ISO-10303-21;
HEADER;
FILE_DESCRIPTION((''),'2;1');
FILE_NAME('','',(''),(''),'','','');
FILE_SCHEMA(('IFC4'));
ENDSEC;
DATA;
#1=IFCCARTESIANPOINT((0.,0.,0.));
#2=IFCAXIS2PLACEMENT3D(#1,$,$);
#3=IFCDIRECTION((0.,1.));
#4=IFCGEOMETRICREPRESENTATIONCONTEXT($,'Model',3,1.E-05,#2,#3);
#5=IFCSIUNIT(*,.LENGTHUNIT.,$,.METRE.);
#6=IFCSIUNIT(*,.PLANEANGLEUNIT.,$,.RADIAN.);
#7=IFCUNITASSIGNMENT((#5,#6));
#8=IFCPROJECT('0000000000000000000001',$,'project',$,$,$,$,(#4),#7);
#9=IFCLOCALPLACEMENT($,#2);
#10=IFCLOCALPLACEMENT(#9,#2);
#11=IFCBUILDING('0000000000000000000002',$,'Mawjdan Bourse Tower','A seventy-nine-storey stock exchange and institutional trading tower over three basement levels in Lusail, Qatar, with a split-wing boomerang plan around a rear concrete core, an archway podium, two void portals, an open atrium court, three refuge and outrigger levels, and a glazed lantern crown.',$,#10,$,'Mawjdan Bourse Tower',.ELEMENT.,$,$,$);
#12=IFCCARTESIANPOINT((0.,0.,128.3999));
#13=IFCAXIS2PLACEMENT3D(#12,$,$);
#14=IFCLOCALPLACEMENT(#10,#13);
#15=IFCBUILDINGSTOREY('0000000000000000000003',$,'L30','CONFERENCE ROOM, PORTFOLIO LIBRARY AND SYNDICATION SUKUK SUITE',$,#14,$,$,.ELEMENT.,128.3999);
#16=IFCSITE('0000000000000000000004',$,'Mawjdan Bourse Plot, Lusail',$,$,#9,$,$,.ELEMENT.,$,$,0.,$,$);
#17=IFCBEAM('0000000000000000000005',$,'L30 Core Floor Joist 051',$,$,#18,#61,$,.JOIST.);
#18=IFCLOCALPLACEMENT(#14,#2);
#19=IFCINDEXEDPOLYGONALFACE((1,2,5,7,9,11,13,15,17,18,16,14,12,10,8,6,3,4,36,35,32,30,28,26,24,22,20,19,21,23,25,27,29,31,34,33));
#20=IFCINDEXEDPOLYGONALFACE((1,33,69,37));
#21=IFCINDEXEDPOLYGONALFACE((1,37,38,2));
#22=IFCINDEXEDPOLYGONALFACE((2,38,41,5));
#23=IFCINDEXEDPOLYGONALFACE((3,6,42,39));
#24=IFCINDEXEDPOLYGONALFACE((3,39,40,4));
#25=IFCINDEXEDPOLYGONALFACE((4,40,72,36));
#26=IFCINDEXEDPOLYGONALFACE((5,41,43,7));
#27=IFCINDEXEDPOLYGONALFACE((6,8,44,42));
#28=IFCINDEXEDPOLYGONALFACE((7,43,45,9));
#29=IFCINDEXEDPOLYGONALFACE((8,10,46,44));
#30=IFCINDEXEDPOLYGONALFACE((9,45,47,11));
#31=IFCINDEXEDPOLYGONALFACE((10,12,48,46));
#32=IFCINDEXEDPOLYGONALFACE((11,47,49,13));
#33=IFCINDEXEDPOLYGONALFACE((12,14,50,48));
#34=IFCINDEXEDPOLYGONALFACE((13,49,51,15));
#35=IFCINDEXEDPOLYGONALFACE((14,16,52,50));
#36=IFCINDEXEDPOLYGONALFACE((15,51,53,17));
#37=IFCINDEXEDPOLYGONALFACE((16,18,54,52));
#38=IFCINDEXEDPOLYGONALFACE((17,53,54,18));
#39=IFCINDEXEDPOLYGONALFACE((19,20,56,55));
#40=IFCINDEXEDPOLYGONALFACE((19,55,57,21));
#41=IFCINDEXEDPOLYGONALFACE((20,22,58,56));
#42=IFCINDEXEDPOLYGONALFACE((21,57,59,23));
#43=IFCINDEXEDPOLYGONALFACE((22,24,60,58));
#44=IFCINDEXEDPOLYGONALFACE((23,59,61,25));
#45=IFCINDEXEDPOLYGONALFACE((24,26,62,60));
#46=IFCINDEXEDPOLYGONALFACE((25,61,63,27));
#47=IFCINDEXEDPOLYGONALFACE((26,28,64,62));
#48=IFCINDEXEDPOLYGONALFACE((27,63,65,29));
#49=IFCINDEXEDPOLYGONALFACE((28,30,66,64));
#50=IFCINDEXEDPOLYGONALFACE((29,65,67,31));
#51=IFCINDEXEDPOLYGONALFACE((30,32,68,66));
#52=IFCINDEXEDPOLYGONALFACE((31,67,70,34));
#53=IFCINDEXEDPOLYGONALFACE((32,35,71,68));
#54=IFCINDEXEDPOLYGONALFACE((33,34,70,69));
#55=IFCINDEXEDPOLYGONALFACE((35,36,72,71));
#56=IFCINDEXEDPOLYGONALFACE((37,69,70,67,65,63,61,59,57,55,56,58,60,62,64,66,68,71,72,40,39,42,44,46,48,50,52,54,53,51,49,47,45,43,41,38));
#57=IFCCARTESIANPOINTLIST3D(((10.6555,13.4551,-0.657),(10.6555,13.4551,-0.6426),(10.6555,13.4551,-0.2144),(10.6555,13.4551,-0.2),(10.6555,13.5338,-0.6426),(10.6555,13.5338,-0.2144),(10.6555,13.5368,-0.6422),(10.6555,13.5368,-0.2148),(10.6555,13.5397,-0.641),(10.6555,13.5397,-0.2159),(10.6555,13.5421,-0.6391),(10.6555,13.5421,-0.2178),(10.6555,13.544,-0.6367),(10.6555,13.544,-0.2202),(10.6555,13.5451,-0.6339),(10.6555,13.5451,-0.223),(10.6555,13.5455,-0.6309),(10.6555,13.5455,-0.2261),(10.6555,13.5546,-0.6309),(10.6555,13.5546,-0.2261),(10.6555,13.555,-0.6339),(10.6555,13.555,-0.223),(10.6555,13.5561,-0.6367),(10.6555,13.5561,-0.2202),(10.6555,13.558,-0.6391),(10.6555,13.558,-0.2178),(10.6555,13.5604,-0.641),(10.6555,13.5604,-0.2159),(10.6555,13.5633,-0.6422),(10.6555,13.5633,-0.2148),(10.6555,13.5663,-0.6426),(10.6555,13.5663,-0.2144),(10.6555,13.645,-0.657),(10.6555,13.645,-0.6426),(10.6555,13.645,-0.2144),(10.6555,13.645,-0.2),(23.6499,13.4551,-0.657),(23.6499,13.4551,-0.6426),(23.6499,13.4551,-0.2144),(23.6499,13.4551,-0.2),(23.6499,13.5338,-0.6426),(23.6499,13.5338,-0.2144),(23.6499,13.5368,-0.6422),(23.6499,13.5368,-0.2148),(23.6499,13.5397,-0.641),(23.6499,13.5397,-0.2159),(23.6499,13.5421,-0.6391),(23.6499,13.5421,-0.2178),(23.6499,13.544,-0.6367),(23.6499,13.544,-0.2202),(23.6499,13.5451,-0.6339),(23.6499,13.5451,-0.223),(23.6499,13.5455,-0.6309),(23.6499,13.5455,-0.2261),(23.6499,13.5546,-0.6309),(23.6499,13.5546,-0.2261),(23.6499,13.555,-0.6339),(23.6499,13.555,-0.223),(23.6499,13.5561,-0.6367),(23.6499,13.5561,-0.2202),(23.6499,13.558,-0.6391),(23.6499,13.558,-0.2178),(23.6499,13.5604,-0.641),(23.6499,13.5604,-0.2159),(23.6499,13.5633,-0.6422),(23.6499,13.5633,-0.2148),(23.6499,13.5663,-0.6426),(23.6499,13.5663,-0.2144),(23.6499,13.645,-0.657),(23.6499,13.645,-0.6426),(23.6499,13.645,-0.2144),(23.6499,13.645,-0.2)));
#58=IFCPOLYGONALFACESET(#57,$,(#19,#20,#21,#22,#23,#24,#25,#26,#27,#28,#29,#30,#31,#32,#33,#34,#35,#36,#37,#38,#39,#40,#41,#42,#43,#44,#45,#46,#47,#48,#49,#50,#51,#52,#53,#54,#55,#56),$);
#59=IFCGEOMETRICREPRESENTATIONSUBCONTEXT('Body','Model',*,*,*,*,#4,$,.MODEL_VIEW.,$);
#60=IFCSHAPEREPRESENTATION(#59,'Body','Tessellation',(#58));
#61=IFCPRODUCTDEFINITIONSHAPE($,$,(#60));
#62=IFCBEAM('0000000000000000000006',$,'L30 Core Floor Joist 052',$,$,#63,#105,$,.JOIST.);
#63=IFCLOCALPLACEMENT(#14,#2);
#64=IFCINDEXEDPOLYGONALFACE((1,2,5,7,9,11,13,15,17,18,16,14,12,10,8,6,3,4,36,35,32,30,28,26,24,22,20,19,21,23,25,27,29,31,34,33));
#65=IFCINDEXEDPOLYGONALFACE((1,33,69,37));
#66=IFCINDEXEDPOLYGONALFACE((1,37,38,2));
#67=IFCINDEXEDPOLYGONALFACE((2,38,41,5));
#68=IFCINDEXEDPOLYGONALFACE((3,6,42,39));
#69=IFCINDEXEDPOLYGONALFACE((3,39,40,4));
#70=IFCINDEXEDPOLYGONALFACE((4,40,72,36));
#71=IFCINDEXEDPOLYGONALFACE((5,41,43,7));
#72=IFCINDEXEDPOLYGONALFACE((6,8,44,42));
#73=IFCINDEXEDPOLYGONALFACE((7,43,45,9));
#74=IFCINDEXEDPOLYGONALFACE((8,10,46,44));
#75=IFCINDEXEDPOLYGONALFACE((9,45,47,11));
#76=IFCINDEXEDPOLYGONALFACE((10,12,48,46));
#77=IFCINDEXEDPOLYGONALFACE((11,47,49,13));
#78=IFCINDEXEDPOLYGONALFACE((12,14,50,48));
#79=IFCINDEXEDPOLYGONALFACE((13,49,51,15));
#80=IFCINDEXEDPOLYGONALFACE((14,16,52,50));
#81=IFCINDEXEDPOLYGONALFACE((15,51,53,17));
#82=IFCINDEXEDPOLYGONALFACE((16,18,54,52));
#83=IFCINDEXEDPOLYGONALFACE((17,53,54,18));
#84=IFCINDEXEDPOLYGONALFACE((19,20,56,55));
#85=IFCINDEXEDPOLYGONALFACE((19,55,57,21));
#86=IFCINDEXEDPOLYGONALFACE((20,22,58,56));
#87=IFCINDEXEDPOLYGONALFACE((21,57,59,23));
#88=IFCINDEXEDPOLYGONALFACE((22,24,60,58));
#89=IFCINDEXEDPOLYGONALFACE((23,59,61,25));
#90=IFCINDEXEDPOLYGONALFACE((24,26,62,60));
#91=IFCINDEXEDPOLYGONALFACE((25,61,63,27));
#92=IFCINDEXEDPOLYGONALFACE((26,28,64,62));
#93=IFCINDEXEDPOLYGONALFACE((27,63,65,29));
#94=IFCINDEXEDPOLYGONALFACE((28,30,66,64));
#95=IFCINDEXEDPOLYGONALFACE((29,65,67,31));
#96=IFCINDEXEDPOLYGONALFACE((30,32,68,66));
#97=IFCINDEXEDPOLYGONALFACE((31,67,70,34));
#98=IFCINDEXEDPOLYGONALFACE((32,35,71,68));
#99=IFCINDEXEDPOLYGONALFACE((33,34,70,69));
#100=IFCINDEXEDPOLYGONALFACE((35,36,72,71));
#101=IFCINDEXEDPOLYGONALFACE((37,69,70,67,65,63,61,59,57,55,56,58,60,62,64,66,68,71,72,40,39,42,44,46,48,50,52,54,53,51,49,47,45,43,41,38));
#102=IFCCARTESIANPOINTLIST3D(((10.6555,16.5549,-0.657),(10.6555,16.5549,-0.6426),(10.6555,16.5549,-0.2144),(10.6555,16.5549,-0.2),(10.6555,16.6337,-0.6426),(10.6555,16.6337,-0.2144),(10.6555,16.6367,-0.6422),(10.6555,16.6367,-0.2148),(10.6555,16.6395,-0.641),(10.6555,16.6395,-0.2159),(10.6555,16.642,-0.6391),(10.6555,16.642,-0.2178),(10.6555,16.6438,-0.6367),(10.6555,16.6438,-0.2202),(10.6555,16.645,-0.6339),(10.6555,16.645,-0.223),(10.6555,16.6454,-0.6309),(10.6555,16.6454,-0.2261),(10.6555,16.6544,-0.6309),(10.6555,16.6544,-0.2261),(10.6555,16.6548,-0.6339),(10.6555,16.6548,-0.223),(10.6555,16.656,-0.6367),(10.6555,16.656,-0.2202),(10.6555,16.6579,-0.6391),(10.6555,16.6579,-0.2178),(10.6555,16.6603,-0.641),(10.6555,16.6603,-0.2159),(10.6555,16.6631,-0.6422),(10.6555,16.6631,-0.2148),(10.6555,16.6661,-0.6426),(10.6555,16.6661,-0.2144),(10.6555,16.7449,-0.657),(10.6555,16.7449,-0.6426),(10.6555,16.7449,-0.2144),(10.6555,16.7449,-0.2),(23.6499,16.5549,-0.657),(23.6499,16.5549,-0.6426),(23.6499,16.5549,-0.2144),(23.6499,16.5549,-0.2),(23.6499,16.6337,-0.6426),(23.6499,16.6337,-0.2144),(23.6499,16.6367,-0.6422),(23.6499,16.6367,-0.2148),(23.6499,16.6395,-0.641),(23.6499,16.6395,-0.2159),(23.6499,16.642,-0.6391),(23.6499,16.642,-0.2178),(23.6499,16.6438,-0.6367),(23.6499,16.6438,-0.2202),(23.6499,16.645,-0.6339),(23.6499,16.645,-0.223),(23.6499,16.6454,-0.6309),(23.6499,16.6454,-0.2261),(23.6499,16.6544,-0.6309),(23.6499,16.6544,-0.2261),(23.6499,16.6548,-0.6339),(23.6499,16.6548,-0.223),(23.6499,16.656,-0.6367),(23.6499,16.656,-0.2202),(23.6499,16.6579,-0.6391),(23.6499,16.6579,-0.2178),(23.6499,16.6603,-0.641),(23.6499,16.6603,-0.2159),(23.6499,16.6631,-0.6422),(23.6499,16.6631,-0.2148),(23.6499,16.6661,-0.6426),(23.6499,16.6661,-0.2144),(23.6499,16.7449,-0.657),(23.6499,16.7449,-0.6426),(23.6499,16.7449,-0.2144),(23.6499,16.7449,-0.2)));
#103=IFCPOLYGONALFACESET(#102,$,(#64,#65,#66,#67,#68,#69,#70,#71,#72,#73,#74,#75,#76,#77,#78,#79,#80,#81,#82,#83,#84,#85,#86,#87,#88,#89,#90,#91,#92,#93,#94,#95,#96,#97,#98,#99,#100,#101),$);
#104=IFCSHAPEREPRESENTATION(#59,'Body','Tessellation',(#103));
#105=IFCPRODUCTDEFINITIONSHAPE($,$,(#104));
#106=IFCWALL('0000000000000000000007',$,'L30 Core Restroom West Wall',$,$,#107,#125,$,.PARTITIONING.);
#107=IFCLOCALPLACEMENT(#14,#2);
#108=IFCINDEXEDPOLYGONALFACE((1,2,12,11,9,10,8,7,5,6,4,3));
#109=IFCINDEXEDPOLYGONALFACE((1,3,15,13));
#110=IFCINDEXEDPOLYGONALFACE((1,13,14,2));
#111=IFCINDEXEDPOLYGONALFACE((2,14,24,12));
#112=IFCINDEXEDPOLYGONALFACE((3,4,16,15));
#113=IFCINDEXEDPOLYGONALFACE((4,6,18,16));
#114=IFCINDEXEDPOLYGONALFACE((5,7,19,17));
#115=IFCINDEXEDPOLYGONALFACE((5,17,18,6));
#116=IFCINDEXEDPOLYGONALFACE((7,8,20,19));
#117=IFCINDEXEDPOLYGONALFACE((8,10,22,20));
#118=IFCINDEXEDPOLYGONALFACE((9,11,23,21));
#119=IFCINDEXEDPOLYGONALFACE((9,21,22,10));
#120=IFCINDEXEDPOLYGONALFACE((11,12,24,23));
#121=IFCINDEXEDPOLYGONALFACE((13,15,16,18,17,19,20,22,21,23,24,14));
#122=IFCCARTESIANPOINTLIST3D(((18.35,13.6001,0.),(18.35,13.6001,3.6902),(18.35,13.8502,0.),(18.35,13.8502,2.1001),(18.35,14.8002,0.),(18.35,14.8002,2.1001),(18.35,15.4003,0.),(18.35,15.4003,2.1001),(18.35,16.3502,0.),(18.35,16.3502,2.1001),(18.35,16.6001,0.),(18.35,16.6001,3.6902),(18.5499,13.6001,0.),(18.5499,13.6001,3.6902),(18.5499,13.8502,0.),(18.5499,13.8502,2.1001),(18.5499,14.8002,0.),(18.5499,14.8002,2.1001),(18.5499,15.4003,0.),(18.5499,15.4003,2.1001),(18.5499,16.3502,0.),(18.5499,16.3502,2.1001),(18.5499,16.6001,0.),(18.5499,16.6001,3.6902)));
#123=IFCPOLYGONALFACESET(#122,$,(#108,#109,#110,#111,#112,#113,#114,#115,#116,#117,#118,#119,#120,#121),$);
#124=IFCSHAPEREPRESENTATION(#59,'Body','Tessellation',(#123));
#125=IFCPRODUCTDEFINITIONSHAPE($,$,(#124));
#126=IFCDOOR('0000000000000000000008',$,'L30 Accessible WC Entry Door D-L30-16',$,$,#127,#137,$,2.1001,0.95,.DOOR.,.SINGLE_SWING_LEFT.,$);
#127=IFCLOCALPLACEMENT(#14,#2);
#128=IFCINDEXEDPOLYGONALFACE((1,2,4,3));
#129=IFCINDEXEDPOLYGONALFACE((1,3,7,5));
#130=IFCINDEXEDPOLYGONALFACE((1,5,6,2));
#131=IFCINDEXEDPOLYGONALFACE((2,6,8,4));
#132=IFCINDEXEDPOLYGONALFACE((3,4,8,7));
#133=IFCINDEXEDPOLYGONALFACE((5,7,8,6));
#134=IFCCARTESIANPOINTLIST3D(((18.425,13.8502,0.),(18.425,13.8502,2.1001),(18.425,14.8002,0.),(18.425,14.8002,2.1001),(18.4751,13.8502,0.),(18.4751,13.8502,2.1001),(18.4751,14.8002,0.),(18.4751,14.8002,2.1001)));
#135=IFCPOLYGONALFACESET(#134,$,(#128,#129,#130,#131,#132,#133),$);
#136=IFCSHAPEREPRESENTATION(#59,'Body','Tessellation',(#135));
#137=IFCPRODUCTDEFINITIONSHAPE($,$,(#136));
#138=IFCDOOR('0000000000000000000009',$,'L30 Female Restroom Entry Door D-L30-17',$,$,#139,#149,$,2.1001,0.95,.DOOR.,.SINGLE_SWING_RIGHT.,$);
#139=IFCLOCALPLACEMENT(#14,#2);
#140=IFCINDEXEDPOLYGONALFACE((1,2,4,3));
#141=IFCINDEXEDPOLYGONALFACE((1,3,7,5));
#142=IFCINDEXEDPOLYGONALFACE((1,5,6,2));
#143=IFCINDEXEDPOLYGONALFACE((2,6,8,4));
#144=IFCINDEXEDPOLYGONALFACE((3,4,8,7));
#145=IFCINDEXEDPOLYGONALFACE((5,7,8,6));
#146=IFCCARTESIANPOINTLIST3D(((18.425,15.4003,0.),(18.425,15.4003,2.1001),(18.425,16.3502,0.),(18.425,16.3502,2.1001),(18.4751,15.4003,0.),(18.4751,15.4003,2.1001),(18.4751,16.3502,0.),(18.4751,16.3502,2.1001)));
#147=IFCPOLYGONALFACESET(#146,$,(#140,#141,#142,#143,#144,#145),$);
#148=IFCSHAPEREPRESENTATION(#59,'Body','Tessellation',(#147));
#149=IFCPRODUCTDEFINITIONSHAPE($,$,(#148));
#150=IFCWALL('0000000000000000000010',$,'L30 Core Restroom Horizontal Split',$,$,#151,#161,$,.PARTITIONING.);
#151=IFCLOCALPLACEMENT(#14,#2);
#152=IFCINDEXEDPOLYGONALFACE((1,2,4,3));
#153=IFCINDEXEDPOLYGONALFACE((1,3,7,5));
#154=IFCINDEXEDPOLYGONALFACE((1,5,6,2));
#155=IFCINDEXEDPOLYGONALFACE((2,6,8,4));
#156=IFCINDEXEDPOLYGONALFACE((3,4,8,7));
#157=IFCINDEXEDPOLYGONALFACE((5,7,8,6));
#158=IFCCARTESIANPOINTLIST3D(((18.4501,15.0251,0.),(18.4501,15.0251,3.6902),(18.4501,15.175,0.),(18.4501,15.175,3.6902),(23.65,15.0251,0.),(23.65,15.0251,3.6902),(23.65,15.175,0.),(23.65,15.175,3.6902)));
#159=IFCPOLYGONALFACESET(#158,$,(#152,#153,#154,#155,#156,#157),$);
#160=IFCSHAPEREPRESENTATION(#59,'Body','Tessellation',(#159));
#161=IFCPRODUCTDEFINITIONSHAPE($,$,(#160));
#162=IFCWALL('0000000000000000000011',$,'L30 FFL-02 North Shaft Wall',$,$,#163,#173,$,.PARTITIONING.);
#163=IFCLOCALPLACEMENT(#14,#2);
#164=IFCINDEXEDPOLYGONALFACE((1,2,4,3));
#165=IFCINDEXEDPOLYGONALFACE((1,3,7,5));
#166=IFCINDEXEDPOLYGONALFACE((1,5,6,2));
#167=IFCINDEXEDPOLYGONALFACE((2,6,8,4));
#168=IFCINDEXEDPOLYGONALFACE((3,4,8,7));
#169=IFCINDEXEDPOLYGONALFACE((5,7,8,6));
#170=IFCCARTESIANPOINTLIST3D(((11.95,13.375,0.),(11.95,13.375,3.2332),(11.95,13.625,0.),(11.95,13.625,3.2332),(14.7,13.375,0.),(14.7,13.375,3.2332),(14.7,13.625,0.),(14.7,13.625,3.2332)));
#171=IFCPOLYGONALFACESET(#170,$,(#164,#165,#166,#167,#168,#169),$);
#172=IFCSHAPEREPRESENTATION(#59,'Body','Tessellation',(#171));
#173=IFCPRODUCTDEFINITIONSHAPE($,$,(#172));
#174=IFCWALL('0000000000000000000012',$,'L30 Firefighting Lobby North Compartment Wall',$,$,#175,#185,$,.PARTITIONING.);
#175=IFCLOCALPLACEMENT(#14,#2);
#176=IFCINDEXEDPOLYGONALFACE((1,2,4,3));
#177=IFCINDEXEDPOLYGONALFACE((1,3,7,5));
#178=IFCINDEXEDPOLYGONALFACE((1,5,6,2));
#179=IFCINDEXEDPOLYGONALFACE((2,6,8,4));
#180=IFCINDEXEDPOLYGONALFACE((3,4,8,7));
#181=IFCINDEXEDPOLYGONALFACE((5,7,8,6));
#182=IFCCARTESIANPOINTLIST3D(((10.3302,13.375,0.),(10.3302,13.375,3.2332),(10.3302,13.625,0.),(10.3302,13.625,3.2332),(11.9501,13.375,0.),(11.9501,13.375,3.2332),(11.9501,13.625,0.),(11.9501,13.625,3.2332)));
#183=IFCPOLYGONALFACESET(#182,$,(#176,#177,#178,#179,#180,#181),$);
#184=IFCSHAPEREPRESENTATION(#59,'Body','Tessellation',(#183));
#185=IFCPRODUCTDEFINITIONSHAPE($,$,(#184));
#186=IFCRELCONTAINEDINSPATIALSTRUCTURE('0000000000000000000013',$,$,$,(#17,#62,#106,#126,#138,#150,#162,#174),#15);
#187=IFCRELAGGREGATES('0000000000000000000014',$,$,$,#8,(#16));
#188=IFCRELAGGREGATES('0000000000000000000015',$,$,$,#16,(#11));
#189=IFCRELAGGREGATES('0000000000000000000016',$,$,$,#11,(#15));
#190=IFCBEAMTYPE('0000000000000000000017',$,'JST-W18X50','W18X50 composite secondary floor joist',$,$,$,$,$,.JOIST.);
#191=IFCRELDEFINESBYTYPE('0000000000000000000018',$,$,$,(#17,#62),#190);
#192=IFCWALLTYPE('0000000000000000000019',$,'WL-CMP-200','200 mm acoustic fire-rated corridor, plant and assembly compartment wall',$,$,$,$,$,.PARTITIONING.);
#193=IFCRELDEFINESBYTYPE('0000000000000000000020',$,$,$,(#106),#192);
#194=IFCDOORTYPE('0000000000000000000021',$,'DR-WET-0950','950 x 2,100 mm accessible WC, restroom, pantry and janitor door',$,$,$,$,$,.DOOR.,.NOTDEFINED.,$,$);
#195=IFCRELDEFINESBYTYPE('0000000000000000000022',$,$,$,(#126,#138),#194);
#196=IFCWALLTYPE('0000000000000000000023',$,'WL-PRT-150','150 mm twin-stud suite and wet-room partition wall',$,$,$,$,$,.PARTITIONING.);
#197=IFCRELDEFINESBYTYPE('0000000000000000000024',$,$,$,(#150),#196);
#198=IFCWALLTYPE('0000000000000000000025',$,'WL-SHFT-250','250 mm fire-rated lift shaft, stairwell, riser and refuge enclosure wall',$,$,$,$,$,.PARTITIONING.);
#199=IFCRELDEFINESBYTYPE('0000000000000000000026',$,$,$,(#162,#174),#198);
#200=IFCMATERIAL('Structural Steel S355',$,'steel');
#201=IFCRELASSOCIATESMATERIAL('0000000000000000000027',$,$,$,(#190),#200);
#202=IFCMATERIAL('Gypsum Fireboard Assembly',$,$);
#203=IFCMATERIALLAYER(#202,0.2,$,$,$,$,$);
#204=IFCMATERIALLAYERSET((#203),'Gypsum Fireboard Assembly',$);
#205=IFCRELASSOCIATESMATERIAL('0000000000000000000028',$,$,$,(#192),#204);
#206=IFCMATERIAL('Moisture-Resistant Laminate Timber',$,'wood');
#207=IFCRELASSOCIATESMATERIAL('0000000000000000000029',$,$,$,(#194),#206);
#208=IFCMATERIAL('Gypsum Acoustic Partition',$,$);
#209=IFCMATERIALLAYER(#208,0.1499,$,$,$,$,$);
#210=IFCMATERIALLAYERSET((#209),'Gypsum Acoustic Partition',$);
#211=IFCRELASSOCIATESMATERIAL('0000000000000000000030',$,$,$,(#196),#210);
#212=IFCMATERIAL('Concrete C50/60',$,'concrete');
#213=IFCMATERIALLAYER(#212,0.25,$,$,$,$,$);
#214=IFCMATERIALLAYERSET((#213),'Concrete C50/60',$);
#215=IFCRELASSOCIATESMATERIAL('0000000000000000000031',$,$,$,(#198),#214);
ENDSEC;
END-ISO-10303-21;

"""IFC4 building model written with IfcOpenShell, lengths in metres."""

from ifc_helpers import new_model, si_unit, direction, frame, frame_2d, origin, origin_2d, place, context, subcontext, project, spatial, rectangle, i_section, extrude, material, layer, layer_set, material_profile, profile_set, type_object, element, fill, save


model = new_model("IFC4")

# Units and contexts
model_context = context("Model", 3, precision=1e-05, world=origin(), true_north=direction((0.0, 1.0)))
body_context = subcontext(model_context, "Body", "Model", "MODEL_VIEW")
ifc_project = project(units=[si_unit("LENGTHUNIT", "METRE"), si_unit("PLANEANGLEUNIT", "RADIAN")], contexts=[model_context])

# Site, building, storey
site_placement = place(None, origin())
site = spatial("IfcSite", under=ifc_project, at=site_placement, Name="Mawjdan Bourse Plot, Lusail", CompositionType="ELEMENT", RefElevation=0.0)
building_placement = place(site_placement, origin())
building = spatial("IfcBuilding", under=site, at=building_placement, Name="Mawjdan Bourse Tower", Description="A seventy-nine-storey stock exchange and institutional trading tower over three basement levels in Lusail, Qatar, with a split-wing boomerang plan around a rear concrete core, an archway podium, two void portals, an open atrium court, three refuge and outrigger levels, and a glazed lantern crown.", LongName="Mawjdan Bourse Tower", CompositionType="ELEMENT")
storey_placement = place(building_placement, frame((0.0, 0.0, 128.3999)))
storey = spatial("IfcBuildingStorey", under=building, at=storey_placement, Name="L30", Description="CONFERENCE ROOM, PORTFOLIO LIBRARY AND SYNDICATION SUKUK SUITE", CompositionType="ELEMENT", Elevation=128.3999)

# Beams
ifc_material_1 = material(Name="Structural Steel S355", Category="steel")
ifc_material_profile = material_profile(ifc_material_1, i_section(OverallWidth=0.1899, OverallDepth=0.457, WebThickness=0.009, FlangeThickness=0.0144, FilletRadius=0.0117, at=origin_2d()), Name="W18X50")
ifc_profile_set = profile_set([ifc_material_profile], Name="Structural Steel S355")
beam_type = type_object("IfcBeamType", Name="JST-W18X50", Description="W18X50 composite secondary floor joist", PredefinedType="JOIST", material=ifc_profile_set)
for number, where, z_axis, x_axis, name in (
    (1, (10.6555, 13.55, -0.4285), (1.0, 0.0, 0.0), (0.0, 1.0, 0.0), "L30 Core Floor Joist 051"),
    (2, (10.6555, 16.6499, -0.4285), (1.0, 0.0, 0.0), (0.0, 1.0, 0.0), "L30 Core Floor Joist 052"),
):
    element("IfcBeam", number, at=place(storey_placement, frame(where, z_axis=z_axis, x_axis=x_axis)), inside=storey, type_object=beam_type, Name=name, PredefinedType="JOIST", context=body_context, shape_type="SweptSolid", body=[
        extrude(i_section(OverallWidth=0.1899, OverallDepth=0.457, WebThickness=0.009, FlangeThickness=0.0144, FilletRadius=0.0117, at=origin_2d()), origin(), (0.0, 0.0, 1.0), 12.9944),
    ])

# Wall, openings, doors
ifc_material_2 = material(Name="Gypsum Fireboard Assembly")
ifc_layer_1 = layer(ifc_material_2, 0.2)
ifc_layer_set_1 = layer_set([ifc_layer_1], Name="Gypsum Fireboard Assembly")
wall_type_1 = type_object("IfcWallType", Name="WL-CMP-200", Description="200 mm acoustic fire-rated corridor, plant and assembly compartment wall", PredefinedType="PARTITIONING", material=ifc_layer_set_1)
wall_1_placement = place(storey_placement, frame((18.45, 13.6001, 0.0), z_axis=(0.0, 0.0, 1.0), x_axis=(0.0, 1.0, 0.0)))
wall_1 = element("IfcWall", 3, at=wall_1_placement, inside=storey, type_object=wall_type_1, Name="L30 Core Restroom West Wall", PredefinedType="PARTITIONING", context=body_context, shape_type="SweptSolid", body=[
    extrude(rectangle(XDim=3.0, YDim=0.2, at=frame_2d((1.5, 0.0))), origin(), (0.0, 0.0, 1.0), 3.6902),
])
opening_1_placement = place(wall_1_placement, frame((0.25, 0.0, 0.0)))
opening_1 = element("IfcOpeningElement", 4, at=opening_1_placement, cuts=wall_1, PredefinedType="OPENING", context=body_context, shape_type="SweptSolid", body=[
    extrude(rectangle(XDim=0.95, YDim=2.1001, at=frame_2d((0.4751, 1.05))), frame((0.0, 0.1099, 0.0), z_axis=(0.0, -1.0, 0.0), x_axis=(1.0, 0.0, 0.0)), (0.0, 0.0, 1.0), 0.22),
])
opening_2_placement = place(wall_1_placement, frame((1.8, 0.0, 0.0)))
opening_2 = element("IfcOpeningElement", 5, at=opening_2_placement, cuts=wall_1, PredefinedType="OPENING", context=body_context, shape_type="SweptSolid", body=[
    extrude(rectangle(XDim=0.95, YDim=2.1001, at=frame_2d((0.4751, 1.05))), frame((0.0, 0.1099, 0.0), z_axis=(0.0, -1.0, 0.0), x_axis=(1.0, 0.0, 0.0)), (0.0, 0.0, 1.0), 0.22),
])
ifc_material_3 = material(Name="Moisture-Resistant Laminate Timber", Category="wood")
door_type_1 = type_object("IfcDoorType", Name="DR-WET-0950", Description="950 x 2,100 mm accessible WC, restroom, pantry and janitor door", OperationType="NOTDEFINED", PredefinedType="DOOR", material=ifc_material_3)
door_1_placement = place(opening_1_placement, origin())
door_1 = element("IfcDoor", 6, at=door_1_placement, inside=storey, type_object=door_type_1, Name="L30 Accessible WC Entry Door D-L30-16", OperationType="SINGLE_SWING_LEFT", OverallHeight=2.1001, OverallWidth=0.95, PredefinedType="DOOR", context=body_context, shape_type="SweptSolid", body=[
    extrude(rectangle(XDim=0.95, YDim=2.1001, at=frame_2d((0.4751, 1.05))), frame((0.0, 0.0249, 0.0), z_axis=(0.0, -1.0, 0.0), x_axis=(1.0, 0.0, 0.0)), (0.0, 0.0, 1.0), 0.05),
])
fill(opening_1, door_1)
door_2_placement = place(opening_2_placement, origin())
door_2 = element("IfcDoor", 7, at=door_2_placement, inside=storey, type_object=door_type_1, Name="L30 Female Restroom Entry Door D-L30-17", OperationType="SINGLE_SWING_RIGHT", OverallHeight=2.1001, OverallWidth=0.95, PredefinedType="DOOR", context=body_context, shape_type="SweptSolid", body=[
    extrude(rectangle(XDim=0.95, YDim=2.1001, at=frame_2d((0.4751, 1.05))), frame((0.0, 0.0249, 0.0), z_axis=(0.0, -1.0, 0.0), x_axis=(1.0, 0.0, 0.0)), (0.0, 0.0, 1.0), 0.05),
])
fill(opening_2, door_2)

# Walls
ifc_material_4 = material(Name="Gypsum Acoustic Partition")
ifc_layer_2 = layer(ifc_material_4, 0.1499)
ifc_layer_set_2 = layer_set([ifc_layer_2], Name="Gypsum Acoustic Partition")
wall_type_2 = type_object("IfcWallType", Name="WL-PRT-150", Description="150 mm twin-stud suite and wet-room partition wall", PredefinedType="PARTITIONING", material=ifc_layer_set_2)
wall_2_placement = place(storey_placement, frame((18.45, 15.1001, 0.0), z_axis=(0.0, 0.0, 1.0), x_axis=(1.0, 0.0, 0.0)))
element("IfcWall", 8, at=wall_2_placement, inside=storey, type_object=wall_type_2, Name="L30 Core Restroom Horizontal Split", PredefinedType="PARTITIONING", context=body_context, shape_type="SweptSolid", body=[
    extrude(rectangle(XDim=5.2, YDim=0.1499, at=frame_2d((2.6001, 0.0))), origin(), (0.0, 0.0, 1.0), 3.6902),
])
ifc_material_5 = material(Name="Concrete C50/60", Category="concrete")
ifc_layer_3 = layer(ifc_material_5, 0.25)
ifc_layer_set_3 = layer_set([ifc_layer_3], Name="Concrete C50/60")
wall_type_3 = type_object("IfcWallType", Name="WL-SHFT-250", Description="250 mm fire-rated lift shaft, stairwell, riser and refuge enclosure wall", PredefinedType="PARTITIONING", material=ifc_layer_set_3)
wall_3_placement = place(storey_placement, frame((11.95, 13.5, 0.0), z_axis=(0.0, 0.0, 1.0), x_axis=(1.0, 0.0, 0.0)))
element("IfcWall", 9, at=wall_3_placement, inside=storey, type_object=wall_type_3, Name="L30 FFL-02 North Shaft Wall", PredefinedType="PARTITIONING", context=body_context, shape_type="SweptSolid", body=[
    extrude(rectangle(XDim=2.75, YDim=0.25, at=frame_2d((1.375, 0.0))), origin(), (0.0, 0.0, 1.0), 3.2332),
])
wall_4_placement = place(storey_placement, frame((10.3301, 13.5, 0.0), z_axis=(0.0, 0.0, 1.0), x_axis=(1.0, 0.0, 0.0)))
element("IfcWall", 10, at=wall_4_placement, inside=storey, type_object=wall_type_3, Name="L30 Firefighting Lobby North Compartment Wall", PredefinedType="PARTITIONING", context=body_context, shape_type="SweptSolid", body=[
    extrude(rectangle(XDim=1.6199, YDim=0.25, at=frame_2d((0.8101, 0.0))), origin(), (0.0, 0.0, 1.0), 3.2332),
])

save(model, "model.ifc")
